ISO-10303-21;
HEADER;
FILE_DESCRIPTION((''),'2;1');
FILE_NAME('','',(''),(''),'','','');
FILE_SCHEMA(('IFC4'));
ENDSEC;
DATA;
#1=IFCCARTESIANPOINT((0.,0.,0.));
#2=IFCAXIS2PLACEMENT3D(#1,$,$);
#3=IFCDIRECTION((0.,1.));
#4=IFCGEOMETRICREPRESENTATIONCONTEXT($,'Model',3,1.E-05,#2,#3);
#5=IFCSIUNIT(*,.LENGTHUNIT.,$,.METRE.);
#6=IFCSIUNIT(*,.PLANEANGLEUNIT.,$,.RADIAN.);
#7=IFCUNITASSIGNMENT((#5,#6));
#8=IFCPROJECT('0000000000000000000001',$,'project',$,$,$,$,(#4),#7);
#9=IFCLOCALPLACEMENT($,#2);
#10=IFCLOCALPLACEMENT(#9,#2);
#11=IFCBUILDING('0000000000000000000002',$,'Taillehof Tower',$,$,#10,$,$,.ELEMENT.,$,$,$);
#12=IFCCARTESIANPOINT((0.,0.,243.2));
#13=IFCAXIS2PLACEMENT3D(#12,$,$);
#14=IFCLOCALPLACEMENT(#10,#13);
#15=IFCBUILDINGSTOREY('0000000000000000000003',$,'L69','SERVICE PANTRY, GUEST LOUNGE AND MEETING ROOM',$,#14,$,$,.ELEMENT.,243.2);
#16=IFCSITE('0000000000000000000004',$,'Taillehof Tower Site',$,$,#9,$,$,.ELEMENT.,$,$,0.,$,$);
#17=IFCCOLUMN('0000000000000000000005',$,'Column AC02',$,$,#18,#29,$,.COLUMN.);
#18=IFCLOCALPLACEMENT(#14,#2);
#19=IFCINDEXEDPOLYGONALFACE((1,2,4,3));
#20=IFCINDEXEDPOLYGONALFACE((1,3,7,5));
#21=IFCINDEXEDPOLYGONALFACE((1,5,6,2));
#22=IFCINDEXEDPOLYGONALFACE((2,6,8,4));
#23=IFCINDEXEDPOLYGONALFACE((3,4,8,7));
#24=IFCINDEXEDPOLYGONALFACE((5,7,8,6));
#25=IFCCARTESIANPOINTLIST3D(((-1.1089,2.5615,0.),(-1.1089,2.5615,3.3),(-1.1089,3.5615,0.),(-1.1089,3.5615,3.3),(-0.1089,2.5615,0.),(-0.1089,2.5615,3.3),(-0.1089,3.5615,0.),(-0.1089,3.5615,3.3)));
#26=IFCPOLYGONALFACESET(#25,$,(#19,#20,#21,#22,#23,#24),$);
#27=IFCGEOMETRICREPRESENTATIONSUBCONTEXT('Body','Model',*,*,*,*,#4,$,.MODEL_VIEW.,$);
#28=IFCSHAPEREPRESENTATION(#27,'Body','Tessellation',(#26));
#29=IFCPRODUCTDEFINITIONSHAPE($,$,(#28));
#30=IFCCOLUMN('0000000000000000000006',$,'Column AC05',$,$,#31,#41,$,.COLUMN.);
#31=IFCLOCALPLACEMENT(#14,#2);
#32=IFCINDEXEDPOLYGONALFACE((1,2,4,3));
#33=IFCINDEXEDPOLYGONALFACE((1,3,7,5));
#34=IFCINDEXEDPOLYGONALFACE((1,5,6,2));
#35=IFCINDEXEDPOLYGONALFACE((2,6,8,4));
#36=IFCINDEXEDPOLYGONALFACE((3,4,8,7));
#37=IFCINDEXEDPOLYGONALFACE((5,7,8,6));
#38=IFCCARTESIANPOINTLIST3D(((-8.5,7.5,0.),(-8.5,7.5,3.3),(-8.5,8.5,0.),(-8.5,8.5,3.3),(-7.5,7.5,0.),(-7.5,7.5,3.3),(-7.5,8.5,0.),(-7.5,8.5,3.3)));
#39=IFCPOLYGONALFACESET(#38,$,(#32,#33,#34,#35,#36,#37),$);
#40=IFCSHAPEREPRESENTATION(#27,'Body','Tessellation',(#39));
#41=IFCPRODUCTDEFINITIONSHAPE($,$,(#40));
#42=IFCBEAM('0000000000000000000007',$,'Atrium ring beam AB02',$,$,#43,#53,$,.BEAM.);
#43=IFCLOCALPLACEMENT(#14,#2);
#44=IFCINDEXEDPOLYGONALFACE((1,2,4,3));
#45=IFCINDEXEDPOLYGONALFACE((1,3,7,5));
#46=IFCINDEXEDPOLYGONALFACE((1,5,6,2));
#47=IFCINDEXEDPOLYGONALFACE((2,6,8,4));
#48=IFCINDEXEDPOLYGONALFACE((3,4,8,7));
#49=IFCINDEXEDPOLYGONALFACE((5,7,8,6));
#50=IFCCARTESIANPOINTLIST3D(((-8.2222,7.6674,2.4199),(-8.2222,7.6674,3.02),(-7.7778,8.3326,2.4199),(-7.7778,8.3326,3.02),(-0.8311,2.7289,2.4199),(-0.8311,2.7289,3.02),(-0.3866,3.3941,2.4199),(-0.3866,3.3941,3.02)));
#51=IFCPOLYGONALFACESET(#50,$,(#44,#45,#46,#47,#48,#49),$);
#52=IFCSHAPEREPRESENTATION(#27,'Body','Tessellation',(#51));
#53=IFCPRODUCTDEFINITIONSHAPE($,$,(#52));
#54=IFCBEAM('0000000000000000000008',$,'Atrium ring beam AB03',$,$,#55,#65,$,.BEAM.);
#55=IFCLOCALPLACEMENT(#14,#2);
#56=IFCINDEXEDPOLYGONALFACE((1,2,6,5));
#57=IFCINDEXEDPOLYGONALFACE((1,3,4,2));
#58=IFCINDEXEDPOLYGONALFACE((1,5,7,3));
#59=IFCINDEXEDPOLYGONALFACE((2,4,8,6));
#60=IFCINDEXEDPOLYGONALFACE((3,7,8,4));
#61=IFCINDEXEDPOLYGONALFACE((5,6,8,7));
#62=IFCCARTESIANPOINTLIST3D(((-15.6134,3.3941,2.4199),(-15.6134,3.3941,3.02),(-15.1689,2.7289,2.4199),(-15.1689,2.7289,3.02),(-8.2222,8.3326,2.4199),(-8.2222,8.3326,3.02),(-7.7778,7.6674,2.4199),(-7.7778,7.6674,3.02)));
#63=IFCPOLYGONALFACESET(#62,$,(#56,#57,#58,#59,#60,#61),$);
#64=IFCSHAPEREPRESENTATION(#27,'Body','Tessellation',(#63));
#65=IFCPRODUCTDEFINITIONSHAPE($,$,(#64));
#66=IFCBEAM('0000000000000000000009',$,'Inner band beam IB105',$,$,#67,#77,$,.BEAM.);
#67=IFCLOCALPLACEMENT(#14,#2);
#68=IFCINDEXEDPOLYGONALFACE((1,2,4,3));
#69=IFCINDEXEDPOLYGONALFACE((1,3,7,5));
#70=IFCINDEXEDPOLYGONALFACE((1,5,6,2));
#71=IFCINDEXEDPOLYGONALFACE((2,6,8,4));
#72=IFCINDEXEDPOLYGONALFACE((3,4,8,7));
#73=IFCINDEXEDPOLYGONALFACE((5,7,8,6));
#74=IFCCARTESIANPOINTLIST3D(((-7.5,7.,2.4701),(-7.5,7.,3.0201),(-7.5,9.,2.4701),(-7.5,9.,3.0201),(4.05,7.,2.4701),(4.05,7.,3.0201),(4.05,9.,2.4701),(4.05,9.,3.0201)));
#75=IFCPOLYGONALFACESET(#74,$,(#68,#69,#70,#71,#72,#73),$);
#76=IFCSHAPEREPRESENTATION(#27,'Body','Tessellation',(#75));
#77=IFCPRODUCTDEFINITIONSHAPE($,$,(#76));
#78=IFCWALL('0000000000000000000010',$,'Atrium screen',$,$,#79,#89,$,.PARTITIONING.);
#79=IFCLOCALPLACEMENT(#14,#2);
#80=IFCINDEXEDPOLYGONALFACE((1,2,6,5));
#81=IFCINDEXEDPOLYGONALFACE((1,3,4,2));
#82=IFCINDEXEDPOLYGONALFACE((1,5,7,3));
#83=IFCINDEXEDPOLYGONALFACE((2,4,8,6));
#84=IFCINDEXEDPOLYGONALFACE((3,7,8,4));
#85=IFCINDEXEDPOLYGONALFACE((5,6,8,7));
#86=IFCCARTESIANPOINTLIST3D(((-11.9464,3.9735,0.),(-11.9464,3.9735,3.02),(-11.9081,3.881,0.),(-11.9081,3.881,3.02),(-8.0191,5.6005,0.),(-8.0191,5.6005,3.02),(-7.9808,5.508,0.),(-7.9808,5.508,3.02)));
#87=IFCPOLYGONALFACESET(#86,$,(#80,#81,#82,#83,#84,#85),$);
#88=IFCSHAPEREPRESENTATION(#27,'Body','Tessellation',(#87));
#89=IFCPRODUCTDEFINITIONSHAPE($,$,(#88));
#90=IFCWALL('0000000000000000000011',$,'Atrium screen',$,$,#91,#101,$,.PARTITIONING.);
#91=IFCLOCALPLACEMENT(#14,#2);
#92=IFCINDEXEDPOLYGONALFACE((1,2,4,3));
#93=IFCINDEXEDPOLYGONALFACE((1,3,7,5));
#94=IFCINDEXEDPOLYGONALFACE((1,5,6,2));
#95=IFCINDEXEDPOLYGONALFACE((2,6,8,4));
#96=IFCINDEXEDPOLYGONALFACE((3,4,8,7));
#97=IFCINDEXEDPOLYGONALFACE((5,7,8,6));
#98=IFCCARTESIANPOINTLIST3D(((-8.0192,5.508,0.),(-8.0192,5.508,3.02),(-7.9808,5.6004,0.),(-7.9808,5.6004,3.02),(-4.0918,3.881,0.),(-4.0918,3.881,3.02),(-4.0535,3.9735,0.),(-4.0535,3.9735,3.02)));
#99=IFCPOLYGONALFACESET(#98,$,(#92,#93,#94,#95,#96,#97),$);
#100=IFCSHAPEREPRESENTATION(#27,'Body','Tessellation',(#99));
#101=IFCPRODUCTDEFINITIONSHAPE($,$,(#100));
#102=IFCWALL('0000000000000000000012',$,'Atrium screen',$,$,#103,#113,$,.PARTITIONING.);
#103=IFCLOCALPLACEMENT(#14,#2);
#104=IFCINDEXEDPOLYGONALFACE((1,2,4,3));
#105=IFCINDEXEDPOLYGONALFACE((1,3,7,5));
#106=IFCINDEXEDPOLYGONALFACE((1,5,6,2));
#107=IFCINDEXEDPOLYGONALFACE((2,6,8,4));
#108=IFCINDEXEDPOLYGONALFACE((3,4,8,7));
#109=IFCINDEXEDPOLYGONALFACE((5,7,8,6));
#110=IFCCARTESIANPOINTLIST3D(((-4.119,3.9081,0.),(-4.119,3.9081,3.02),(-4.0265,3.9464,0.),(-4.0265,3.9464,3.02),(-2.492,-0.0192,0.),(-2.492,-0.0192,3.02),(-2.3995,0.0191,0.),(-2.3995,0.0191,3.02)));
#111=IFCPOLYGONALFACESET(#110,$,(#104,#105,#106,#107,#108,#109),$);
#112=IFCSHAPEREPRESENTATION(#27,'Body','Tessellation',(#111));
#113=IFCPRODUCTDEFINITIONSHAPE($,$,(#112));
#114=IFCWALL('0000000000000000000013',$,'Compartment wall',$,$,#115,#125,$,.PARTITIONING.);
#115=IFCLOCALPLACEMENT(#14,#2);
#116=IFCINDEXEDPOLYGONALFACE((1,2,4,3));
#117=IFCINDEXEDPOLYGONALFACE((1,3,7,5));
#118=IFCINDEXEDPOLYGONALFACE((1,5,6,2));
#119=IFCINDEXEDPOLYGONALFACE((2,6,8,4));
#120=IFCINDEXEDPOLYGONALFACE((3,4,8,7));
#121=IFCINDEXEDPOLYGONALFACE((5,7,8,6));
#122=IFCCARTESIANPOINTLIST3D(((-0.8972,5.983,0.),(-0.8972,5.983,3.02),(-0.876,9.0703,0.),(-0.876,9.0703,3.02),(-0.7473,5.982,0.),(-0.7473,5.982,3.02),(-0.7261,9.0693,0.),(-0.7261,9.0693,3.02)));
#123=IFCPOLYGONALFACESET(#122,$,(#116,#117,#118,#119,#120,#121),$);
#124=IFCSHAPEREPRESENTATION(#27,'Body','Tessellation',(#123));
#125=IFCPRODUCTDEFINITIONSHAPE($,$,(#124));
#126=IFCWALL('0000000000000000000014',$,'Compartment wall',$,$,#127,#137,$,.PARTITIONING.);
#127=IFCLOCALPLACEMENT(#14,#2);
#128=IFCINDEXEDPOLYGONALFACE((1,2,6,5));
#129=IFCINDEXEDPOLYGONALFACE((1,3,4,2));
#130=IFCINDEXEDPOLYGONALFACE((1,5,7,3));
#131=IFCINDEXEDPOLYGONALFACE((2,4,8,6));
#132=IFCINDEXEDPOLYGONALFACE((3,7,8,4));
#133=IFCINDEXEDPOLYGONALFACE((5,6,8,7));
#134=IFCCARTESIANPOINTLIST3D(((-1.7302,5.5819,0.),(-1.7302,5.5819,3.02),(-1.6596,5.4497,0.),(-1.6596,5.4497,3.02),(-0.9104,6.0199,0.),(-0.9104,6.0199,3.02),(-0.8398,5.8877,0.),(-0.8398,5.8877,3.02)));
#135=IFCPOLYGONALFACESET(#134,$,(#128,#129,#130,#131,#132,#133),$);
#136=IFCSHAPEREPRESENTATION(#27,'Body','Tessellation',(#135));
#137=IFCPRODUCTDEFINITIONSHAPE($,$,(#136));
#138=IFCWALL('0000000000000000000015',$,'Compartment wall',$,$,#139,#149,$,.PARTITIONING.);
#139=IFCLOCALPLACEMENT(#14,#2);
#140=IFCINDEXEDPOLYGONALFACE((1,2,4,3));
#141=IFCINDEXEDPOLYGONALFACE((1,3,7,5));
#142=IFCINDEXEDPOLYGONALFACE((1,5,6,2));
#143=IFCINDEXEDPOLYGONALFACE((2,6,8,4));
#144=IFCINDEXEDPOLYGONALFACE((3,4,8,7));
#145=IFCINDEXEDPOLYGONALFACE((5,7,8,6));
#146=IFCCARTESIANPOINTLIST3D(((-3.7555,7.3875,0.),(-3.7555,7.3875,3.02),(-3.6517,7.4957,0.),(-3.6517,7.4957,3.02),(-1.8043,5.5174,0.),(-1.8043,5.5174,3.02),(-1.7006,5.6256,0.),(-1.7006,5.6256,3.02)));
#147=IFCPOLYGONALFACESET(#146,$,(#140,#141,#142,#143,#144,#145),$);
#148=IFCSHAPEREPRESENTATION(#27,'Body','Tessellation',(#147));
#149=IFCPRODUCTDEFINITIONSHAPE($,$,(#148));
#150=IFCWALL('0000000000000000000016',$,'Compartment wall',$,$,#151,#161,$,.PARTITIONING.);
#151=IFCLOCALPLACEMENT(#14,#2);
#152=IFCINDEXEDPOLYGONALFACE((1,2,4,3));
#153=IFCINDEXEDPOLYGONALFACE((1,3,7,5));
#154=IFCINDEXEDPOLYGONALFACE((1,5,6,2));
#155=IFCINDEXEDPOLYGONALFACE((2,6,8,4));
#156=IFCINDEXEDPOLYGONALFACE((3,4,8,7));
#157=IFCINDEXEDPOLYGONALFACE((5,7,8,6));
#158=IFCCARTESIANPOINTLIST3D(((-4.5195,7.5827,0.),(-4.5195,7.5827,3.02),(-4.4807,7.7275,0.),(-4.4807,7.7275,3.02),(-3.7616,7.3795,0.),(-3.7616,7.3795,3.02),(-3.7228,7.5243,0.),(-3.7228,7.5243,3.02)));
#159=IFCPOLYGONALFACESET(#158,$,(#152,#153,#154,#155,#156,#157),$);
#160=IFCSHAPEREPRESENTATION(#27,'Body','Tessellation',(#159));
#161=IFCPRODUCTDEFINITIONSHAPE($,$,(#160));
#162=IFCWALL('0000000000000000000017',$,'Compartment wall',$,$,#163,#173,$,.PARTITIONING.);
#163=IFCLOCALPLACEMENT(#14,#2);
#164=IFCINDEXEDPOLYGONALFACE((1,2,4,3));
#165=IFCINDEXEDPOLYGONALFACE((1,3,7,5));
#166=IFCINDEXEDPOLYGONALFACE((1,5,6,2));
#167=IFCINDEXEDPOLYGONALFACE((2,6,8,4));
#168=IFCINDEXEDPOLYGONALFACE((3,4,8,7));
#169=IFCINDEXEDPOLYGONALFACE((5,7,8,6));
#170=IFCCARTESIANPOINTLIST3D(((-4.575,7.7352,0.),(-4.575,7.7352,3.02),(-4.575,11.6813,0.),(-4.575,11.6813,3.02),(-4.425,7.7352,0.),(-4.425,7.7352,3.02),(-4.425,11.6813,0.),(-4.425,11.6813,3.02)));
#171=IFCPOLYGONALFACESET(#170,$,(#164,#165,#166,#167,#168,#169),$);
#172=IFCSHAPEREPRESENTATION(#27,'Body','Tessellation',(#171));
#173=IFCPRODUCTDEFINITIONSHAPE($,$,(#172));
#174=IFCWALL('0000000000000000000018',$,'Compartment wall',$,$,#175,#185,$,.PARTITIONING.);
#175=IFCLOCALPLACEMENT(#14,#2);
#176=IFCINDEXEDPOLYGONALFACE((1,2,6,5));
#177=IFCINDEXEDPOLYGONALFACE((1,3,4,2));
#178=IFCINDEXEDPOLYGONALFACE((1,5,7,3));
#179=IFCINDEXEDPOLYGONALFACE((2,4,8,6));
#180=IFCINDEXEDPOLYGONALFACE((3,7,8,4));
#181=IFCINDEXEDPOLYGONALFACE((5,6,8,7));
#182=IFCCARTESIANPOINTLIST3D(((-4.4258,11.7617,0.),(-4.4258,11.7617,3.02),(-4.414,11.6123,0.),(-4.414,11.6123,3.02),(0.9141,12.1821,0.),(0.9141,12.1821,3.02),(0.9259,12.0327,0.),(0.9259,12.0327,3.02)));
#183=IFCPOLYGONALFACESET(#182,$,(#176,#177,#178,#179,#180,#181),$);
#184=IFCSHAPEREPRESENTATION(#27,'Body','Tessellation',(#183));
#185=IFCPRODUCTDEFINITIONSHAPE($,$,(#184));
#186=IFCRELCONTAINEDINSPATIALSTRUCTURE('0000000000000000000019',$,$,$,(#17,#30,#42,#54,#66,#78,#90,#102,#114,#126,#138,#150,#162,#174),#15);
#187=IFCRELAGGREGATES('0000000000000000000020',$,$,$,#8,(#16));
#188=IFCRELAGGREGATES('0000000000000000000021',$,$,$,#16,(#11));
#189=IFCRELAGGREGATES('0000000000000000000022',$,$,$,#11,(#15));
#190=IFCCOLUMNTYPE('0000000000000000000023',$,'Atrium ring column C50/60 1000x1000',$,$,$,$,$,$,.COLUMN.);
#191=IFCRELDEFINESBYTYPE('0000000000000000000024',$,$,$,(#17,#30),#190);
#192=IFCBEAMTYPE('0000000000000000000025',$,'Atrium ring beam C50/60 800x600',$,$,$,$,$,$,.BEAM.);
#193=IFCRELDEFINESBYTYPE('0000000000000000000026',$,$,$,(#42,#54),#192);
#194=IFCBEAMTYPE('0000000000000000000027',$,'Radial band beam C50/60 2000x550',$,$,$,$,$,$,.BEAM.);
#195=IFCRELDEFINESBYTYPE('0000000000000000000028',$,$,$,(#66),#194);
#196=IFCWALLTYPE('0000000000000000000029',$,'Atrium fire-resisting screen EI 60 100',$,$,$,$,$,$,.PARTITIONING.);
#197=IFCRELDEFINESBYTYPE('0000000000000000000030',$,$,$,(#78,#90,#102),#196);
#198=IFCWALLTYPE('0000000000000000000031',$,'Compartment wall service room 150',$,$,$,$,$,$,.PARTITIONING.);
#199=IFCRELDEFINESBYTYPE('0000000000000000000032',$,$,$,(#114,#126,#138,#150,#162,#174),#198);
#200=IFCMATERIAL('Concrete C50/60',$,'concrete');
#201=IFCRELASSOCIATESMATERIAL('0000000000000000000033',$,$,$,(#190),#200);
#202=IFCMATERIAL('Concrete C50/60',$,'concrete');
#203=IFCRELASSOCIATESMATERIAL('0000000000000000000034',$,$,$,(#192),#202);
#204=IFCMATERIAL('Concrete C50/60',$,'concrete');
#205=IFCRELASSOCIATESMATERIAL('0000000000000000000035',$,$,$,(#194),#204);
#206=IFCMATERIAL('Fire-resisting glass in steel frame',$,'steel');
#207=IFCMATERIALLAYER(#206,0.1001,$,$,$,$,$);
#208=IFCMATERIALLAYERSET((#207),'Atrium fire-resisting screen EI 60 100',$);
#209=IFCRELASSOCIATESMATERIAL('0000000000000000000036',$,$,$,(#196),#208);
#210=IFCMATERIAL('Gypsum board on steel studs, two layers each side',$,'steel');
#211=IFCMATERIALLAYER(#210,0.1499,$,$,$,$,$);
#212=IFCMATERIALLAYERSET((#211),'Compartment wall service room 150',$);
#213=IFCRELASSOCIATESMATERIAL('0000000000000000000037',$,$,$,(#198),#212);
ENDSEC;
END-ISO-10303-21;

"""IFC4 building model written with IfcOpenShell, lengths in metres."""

from ifc_helpers import new_model, si_unit, direction, frame, frame_2d, origin, origin_2d, place, context, subcontext, project, spatial, rectangle, extrude, material, layer, layer_set, material_profile, profile_set, type_object, element, save


model = new_model("IFC4")

# Units and contexts
model_context = context("Model", 3, precision=1e-05, world=origin(), true_north=direction((0.0, 1.0)))
body_context = subcontext(model_context, "Body", "Model", "MODEL_VIEW")
ifc_project = project(units=[si_unit("LENGTHUNIT", "METRE"), si_unit("PLANEANGLEUNIT", "RADIAN")], contexts=[model_context])

# Site, building, storey
site_placement = place(None, origin())
site = spatial("IfcSite", under=ifc_project, at=site_placement, Name="Taillehof Tower Site", CompositionType="ELEMENT", RefElevation=0.0)
building_placement = place(site_placement, origin())
building = spatial("IfcBuilding", under=site, at=building_placement, Name="Taillehof Tower", CompositionType="ELEMENT")
storey_placement = place(building_placement, frame((0.0, 0.0, 243.2)))
storey = spatial("IfcBuildingStorey", under=building, at=storey_placement, Name="L69", Description="SERVICE PANTRY, GUEST LOUNGE AND MEETING ROOM", CompositionType="ELEMENT", Elevation=243.2)

# Columns
ifc_material_1 = material(Name="Concrete C50/60", Category="concrete")
ifc_material_profile_1 = material_profile(ifc_material_1, rectangle(XDim=1.0, YDim=1.0, at=origin_2d()), Name="RC 1000x1000")
ifc_profile_set_1 = profile_set([ifc_material_profile_1], Name="Concrete C50/60")
column_type = type_object("IfcColumnType", Name="Atrium ring column C50/60 1000x1000", PredefinedType="COLUMN", material=ifc_profile_set_1)
for number, where, z_axis, x_axis, name in (
    (1, (-0.6089, 3.0615, 0.0), (0.0, 0.0, 1.0), (1.0, 0.0, 0.0), "Column AC02"),
    (2, (-8.0, 8.0, 0.0), (0.0, 0.0, 1.0), (1.0, 0.0, 0.0), "Column AC05"),
):
    element("IfcColumn", number, at=place(storey_placement, frame(where, z_axis=z_axis, x_axis=x_axis)), inside=storey, type_object=column_type, Name=name, PredefinedType="COLUMN", context=body_context, shape_type="SweptSolid", body=[
        extrude(rectangle(XDim=1.0, YDim=1.0, at=origin_2d()), origin(), (0.0, 0.0, 1.0), 3.3),
    ])

# Beams
ifc_material_2 = material(Name="Concrete C50/60", Category="concrete")
ifc_material_profile_2 = material_profile(ifc_material_2, rectangle(XDim=0.8, YDim=0.6001, at=origin_2d()), Name="RC 800x600")
ifc_profile_set_2 = profile_set([ifc_material_profile_2], Name="Concrete C50/60")
beam_type_1 = type_object("IfcBeamType", Name="Atrium ring beam C50/60 800x600", PredefinedType="BEAM", material=ifc_profile_set_2)
for number, where, z_axis, x_axis, name in (
    (3, (-0.6089, 3.0615, 2.72), (-0.831475, 0.555562, 0.0), (-0.555562, -0.831475, 0.0), "Atrium ring beam AB02"),
    (4, (-8.0, 8.0, 2.72), (-0.831475, -0.555562, 0.0), (0.555562, -0.831475, 0.0), "Atrium ring beam AB03"),
):
    element("IfcBeam", number, at=place(storey_placement, frame(where, z_axis=z_axis, x_axis=x_axis)), inside=storey, type_object=beam_type_1, Name=name, PredefinedType="BEAM", context=body_context, shape_type="SweptSolid", body=[
        extrude(rectangle(XDim=0.8, YDim=0.6001, at=origin_2d()), origin(), (0.0, 0.0, 1.0), 8.8892),
    ])
ifc_material_3 = material(Name="Concrete C50/60", Category="concrete")
ifc_material_profile_3 = material_profile(ifc_material_3, rectangle(XDim=2.0, YDim=0.55, at=origin_2d()), Name="RC 2000x550")
ifc_profile_set_3 = profile_set([ifc_material_profile_3], Name="Concrete C50/60")
beam_type_2 = type_object("IfcBeamType", Name="Radial band beam C50/60 2000x550", PredefinedType="BEAM", material=ifc_profile_set_3)
beam_placement = place(storey_placement, frame((-7.5, 8.0, 2.7451), z_axis=(1.0, 0.0, 0.0), x_axis=(0.0, 1.0, 0.0)))
element("IfcBeam", 5, at=beam_placement, inside=storey, type_object=beam_type_2, Name="Inner band beam IB105", PredefinedType="BEAM", context=body_context, shape_type="SweptSolid", body=[
    extrude(rectangle(XDim=2.0, YDim=0.55, at=origin_2d()), origin(), (0.0, 0.0, 1.0), 11.55),
])

# Walls
ifc_material_4 = material(Name="Fire-resisting glass in steel frame", Category="steel")
ifc_layer_1 = layer(ifc_material_4, 0.1001)
ifc_layer_set_1 = layer_set([ifc_layer_1], Name="Atrium fire-resisting screen EI 60 100")
wall_type_1 = type_object("IfcWallType", Name="Atrium fire-resisting screen EI 60 100", PredefinedType="PARTITIONING", material=ifc_layer_set_1)
for number, where, z_axis, x_axis, name in (
    (6, (-11.9272, 3.9272, 0.0), (0.0, 0.0, 1.0), (0.92386, 0.382731, 0.0), "Atrium screen"),
    (7, (-8.0, 5.5542, 0.0), (0.0, 0.0, 1.0), (0.92386, -0.382731, 0.0), "Atrium screen"),
    (8, (-4.0728, 3.9272, 0.0), (0.0, 0.0, 1.0), (0.382731, -0.92386, 0.0), "Atrium screen"),
):
    element("IfcWall", number, at=place(storey_placement, frame(where, z_axis=z_axis, x_axis=x_axis)), inside=storey, type_object=wall_type_1, Name=name, PredefinedType="PARTITIONING", context=body_context, shape_type="SweptSolid", body=[
        extrude(rectangle(XDim=4.251, YDim=0.1001, at=frame_2d((2.1255, 0.0))), origin(), (0.0, 0.0, 1.0), 3.02),
    ])
ifc_material_5 = material(Name="Gypsum board on steel studs, two layers each side", Category="steel")
ifc_layer_2 = layer(ifc_material_5, 0.1499)
ifc_layer_set_2 = layer_set([ifc_layer_2], Name="Compartment wall service room 150")
wall_type_2 = type_object("IfcWallType", Name="Compartment wall service room 150", PredefinedType="PARTITIONING", material=ifc_layer_set_2)
wall_1_placement = place(storey_placement, frame((-0.801, 9.0698, 0.0), z_axis=(0.0, 0.0, 1.0), x_axis=(-0.006879, -0.999976, 0.0)))
element("IfcWall", 9, at=wall_1_placement, inside=storey, type_object=wall_type_2, Name="Compartment wall", PredefinedType="PARTITIONING", context=body_context, shape_type="SweptSolid", body=[
    extrude(rectangle(XDim=3.0874, YDim=0.1499, at=frame_2d((1.5437, 0.0))), origin(), (0.0, 0.0, 1.0), 3.02),
])
wall_2_placement = place(storey_placement, frame((-0.875, 5.9539, 0.0), z_axis=(0.0, 0.0, 1.0), x_axis=(-0.882018, -0.471215, 0.0)))
element("IfcWall", 10, at=wall_2_placement, inside=storey, type_object=wall_type_2, Name="Compartment wall", PredefinedType="PARTITIONING", context=body_context, shape_type="SweptSolid", body=[
    extrude(rectangle(XDim=0.9294, YDim=0.1499, at=frame_2d((0.4648, 0.0))), origin(), (0.0, 0.0, 1.0), 3.02),
])
wall_3_placement = place(storey_placement, frame((-1.7524, 5.5715, 0.0), z_axis=(0.0, 0.0, 1.0), x_axis=(-0.721943, 0.691952, 0.0)))
element("IfcWall", 11, at=wall_3_placement, inside=storey, type_object=wall_type_2, Name="Compartment wall", PredefinedType="PARTITIONING", context=body_context, shape_type="SweptSolid", body=[
    extrude(rectangle(XDim=2.7026, YDim=0.1499, at=frame_2d((1.3513, 0.0))), origin(), (0.0, 0.0, 1.0), 3.02),
])
wall_4_placement = place(storey_placement, frame((-3.7422, 7.4519, 0.0), z_axis=(0.0, 0.0, 1.0), x_axis=(-0.965904, 0.258902, 0.0)))
element("IfcWall", 12, at=wall_4_placement, inside=storey, type_object=wall_type_2, Name="Compartment wall", PredefinedType="PARTITIONING", context=body_context, shape_type="SweptSolid", body=[
    extrude(rectangle(XDim=0.7847, YDim=0.1499, at=frame_2d((0.3923, 0.0))), origin(), (0.0, 0.0, 1.0), 3.02),
])
wall_5_placement = place(storey_placement, frame((-4.5, 7.7351, 0.0), z_axis=(0.0, 0.0, 1.0), x_axis=(0.0, 1.0, 0.0)))
element("IfcWall", 13, at=wall_5_placement, inside=storey, type_object=wall_type_2, Name="Compartment wall", PredefinedType="PARTITIONING", context=body_context, shape_type="SweptSolid", body=[
    extrude(rectangle(XDim=3.946, YDim=0.1499, at=frame_2d((1.9731, 0.0))), origin(), (0.0, 0.0, 1.0), 3.02),
])
wall_6_placement = place(storey_placement, frame((-4.4199, 11.687, 0.0), z_axis=(0.0, 0.0, 1.0), x_axis=(0.996915, 0.078488, 0.0)))
element("IfcWall", 14, at=wall_6_placement, inside=storey, type_object=wall_type_2, Name="Compartment wall", PredefinedType="PARTITIONING", context=body_context, shape_type="SweptSolid", body=[
    extrude(rectangle(XDim=5.3564, YDim=0.1499, at=frame_2d((2.6782, 0.0))), origin(), (0.0, 0.0, 1.0), 3.02),
])

save(model, "model.ifc")
